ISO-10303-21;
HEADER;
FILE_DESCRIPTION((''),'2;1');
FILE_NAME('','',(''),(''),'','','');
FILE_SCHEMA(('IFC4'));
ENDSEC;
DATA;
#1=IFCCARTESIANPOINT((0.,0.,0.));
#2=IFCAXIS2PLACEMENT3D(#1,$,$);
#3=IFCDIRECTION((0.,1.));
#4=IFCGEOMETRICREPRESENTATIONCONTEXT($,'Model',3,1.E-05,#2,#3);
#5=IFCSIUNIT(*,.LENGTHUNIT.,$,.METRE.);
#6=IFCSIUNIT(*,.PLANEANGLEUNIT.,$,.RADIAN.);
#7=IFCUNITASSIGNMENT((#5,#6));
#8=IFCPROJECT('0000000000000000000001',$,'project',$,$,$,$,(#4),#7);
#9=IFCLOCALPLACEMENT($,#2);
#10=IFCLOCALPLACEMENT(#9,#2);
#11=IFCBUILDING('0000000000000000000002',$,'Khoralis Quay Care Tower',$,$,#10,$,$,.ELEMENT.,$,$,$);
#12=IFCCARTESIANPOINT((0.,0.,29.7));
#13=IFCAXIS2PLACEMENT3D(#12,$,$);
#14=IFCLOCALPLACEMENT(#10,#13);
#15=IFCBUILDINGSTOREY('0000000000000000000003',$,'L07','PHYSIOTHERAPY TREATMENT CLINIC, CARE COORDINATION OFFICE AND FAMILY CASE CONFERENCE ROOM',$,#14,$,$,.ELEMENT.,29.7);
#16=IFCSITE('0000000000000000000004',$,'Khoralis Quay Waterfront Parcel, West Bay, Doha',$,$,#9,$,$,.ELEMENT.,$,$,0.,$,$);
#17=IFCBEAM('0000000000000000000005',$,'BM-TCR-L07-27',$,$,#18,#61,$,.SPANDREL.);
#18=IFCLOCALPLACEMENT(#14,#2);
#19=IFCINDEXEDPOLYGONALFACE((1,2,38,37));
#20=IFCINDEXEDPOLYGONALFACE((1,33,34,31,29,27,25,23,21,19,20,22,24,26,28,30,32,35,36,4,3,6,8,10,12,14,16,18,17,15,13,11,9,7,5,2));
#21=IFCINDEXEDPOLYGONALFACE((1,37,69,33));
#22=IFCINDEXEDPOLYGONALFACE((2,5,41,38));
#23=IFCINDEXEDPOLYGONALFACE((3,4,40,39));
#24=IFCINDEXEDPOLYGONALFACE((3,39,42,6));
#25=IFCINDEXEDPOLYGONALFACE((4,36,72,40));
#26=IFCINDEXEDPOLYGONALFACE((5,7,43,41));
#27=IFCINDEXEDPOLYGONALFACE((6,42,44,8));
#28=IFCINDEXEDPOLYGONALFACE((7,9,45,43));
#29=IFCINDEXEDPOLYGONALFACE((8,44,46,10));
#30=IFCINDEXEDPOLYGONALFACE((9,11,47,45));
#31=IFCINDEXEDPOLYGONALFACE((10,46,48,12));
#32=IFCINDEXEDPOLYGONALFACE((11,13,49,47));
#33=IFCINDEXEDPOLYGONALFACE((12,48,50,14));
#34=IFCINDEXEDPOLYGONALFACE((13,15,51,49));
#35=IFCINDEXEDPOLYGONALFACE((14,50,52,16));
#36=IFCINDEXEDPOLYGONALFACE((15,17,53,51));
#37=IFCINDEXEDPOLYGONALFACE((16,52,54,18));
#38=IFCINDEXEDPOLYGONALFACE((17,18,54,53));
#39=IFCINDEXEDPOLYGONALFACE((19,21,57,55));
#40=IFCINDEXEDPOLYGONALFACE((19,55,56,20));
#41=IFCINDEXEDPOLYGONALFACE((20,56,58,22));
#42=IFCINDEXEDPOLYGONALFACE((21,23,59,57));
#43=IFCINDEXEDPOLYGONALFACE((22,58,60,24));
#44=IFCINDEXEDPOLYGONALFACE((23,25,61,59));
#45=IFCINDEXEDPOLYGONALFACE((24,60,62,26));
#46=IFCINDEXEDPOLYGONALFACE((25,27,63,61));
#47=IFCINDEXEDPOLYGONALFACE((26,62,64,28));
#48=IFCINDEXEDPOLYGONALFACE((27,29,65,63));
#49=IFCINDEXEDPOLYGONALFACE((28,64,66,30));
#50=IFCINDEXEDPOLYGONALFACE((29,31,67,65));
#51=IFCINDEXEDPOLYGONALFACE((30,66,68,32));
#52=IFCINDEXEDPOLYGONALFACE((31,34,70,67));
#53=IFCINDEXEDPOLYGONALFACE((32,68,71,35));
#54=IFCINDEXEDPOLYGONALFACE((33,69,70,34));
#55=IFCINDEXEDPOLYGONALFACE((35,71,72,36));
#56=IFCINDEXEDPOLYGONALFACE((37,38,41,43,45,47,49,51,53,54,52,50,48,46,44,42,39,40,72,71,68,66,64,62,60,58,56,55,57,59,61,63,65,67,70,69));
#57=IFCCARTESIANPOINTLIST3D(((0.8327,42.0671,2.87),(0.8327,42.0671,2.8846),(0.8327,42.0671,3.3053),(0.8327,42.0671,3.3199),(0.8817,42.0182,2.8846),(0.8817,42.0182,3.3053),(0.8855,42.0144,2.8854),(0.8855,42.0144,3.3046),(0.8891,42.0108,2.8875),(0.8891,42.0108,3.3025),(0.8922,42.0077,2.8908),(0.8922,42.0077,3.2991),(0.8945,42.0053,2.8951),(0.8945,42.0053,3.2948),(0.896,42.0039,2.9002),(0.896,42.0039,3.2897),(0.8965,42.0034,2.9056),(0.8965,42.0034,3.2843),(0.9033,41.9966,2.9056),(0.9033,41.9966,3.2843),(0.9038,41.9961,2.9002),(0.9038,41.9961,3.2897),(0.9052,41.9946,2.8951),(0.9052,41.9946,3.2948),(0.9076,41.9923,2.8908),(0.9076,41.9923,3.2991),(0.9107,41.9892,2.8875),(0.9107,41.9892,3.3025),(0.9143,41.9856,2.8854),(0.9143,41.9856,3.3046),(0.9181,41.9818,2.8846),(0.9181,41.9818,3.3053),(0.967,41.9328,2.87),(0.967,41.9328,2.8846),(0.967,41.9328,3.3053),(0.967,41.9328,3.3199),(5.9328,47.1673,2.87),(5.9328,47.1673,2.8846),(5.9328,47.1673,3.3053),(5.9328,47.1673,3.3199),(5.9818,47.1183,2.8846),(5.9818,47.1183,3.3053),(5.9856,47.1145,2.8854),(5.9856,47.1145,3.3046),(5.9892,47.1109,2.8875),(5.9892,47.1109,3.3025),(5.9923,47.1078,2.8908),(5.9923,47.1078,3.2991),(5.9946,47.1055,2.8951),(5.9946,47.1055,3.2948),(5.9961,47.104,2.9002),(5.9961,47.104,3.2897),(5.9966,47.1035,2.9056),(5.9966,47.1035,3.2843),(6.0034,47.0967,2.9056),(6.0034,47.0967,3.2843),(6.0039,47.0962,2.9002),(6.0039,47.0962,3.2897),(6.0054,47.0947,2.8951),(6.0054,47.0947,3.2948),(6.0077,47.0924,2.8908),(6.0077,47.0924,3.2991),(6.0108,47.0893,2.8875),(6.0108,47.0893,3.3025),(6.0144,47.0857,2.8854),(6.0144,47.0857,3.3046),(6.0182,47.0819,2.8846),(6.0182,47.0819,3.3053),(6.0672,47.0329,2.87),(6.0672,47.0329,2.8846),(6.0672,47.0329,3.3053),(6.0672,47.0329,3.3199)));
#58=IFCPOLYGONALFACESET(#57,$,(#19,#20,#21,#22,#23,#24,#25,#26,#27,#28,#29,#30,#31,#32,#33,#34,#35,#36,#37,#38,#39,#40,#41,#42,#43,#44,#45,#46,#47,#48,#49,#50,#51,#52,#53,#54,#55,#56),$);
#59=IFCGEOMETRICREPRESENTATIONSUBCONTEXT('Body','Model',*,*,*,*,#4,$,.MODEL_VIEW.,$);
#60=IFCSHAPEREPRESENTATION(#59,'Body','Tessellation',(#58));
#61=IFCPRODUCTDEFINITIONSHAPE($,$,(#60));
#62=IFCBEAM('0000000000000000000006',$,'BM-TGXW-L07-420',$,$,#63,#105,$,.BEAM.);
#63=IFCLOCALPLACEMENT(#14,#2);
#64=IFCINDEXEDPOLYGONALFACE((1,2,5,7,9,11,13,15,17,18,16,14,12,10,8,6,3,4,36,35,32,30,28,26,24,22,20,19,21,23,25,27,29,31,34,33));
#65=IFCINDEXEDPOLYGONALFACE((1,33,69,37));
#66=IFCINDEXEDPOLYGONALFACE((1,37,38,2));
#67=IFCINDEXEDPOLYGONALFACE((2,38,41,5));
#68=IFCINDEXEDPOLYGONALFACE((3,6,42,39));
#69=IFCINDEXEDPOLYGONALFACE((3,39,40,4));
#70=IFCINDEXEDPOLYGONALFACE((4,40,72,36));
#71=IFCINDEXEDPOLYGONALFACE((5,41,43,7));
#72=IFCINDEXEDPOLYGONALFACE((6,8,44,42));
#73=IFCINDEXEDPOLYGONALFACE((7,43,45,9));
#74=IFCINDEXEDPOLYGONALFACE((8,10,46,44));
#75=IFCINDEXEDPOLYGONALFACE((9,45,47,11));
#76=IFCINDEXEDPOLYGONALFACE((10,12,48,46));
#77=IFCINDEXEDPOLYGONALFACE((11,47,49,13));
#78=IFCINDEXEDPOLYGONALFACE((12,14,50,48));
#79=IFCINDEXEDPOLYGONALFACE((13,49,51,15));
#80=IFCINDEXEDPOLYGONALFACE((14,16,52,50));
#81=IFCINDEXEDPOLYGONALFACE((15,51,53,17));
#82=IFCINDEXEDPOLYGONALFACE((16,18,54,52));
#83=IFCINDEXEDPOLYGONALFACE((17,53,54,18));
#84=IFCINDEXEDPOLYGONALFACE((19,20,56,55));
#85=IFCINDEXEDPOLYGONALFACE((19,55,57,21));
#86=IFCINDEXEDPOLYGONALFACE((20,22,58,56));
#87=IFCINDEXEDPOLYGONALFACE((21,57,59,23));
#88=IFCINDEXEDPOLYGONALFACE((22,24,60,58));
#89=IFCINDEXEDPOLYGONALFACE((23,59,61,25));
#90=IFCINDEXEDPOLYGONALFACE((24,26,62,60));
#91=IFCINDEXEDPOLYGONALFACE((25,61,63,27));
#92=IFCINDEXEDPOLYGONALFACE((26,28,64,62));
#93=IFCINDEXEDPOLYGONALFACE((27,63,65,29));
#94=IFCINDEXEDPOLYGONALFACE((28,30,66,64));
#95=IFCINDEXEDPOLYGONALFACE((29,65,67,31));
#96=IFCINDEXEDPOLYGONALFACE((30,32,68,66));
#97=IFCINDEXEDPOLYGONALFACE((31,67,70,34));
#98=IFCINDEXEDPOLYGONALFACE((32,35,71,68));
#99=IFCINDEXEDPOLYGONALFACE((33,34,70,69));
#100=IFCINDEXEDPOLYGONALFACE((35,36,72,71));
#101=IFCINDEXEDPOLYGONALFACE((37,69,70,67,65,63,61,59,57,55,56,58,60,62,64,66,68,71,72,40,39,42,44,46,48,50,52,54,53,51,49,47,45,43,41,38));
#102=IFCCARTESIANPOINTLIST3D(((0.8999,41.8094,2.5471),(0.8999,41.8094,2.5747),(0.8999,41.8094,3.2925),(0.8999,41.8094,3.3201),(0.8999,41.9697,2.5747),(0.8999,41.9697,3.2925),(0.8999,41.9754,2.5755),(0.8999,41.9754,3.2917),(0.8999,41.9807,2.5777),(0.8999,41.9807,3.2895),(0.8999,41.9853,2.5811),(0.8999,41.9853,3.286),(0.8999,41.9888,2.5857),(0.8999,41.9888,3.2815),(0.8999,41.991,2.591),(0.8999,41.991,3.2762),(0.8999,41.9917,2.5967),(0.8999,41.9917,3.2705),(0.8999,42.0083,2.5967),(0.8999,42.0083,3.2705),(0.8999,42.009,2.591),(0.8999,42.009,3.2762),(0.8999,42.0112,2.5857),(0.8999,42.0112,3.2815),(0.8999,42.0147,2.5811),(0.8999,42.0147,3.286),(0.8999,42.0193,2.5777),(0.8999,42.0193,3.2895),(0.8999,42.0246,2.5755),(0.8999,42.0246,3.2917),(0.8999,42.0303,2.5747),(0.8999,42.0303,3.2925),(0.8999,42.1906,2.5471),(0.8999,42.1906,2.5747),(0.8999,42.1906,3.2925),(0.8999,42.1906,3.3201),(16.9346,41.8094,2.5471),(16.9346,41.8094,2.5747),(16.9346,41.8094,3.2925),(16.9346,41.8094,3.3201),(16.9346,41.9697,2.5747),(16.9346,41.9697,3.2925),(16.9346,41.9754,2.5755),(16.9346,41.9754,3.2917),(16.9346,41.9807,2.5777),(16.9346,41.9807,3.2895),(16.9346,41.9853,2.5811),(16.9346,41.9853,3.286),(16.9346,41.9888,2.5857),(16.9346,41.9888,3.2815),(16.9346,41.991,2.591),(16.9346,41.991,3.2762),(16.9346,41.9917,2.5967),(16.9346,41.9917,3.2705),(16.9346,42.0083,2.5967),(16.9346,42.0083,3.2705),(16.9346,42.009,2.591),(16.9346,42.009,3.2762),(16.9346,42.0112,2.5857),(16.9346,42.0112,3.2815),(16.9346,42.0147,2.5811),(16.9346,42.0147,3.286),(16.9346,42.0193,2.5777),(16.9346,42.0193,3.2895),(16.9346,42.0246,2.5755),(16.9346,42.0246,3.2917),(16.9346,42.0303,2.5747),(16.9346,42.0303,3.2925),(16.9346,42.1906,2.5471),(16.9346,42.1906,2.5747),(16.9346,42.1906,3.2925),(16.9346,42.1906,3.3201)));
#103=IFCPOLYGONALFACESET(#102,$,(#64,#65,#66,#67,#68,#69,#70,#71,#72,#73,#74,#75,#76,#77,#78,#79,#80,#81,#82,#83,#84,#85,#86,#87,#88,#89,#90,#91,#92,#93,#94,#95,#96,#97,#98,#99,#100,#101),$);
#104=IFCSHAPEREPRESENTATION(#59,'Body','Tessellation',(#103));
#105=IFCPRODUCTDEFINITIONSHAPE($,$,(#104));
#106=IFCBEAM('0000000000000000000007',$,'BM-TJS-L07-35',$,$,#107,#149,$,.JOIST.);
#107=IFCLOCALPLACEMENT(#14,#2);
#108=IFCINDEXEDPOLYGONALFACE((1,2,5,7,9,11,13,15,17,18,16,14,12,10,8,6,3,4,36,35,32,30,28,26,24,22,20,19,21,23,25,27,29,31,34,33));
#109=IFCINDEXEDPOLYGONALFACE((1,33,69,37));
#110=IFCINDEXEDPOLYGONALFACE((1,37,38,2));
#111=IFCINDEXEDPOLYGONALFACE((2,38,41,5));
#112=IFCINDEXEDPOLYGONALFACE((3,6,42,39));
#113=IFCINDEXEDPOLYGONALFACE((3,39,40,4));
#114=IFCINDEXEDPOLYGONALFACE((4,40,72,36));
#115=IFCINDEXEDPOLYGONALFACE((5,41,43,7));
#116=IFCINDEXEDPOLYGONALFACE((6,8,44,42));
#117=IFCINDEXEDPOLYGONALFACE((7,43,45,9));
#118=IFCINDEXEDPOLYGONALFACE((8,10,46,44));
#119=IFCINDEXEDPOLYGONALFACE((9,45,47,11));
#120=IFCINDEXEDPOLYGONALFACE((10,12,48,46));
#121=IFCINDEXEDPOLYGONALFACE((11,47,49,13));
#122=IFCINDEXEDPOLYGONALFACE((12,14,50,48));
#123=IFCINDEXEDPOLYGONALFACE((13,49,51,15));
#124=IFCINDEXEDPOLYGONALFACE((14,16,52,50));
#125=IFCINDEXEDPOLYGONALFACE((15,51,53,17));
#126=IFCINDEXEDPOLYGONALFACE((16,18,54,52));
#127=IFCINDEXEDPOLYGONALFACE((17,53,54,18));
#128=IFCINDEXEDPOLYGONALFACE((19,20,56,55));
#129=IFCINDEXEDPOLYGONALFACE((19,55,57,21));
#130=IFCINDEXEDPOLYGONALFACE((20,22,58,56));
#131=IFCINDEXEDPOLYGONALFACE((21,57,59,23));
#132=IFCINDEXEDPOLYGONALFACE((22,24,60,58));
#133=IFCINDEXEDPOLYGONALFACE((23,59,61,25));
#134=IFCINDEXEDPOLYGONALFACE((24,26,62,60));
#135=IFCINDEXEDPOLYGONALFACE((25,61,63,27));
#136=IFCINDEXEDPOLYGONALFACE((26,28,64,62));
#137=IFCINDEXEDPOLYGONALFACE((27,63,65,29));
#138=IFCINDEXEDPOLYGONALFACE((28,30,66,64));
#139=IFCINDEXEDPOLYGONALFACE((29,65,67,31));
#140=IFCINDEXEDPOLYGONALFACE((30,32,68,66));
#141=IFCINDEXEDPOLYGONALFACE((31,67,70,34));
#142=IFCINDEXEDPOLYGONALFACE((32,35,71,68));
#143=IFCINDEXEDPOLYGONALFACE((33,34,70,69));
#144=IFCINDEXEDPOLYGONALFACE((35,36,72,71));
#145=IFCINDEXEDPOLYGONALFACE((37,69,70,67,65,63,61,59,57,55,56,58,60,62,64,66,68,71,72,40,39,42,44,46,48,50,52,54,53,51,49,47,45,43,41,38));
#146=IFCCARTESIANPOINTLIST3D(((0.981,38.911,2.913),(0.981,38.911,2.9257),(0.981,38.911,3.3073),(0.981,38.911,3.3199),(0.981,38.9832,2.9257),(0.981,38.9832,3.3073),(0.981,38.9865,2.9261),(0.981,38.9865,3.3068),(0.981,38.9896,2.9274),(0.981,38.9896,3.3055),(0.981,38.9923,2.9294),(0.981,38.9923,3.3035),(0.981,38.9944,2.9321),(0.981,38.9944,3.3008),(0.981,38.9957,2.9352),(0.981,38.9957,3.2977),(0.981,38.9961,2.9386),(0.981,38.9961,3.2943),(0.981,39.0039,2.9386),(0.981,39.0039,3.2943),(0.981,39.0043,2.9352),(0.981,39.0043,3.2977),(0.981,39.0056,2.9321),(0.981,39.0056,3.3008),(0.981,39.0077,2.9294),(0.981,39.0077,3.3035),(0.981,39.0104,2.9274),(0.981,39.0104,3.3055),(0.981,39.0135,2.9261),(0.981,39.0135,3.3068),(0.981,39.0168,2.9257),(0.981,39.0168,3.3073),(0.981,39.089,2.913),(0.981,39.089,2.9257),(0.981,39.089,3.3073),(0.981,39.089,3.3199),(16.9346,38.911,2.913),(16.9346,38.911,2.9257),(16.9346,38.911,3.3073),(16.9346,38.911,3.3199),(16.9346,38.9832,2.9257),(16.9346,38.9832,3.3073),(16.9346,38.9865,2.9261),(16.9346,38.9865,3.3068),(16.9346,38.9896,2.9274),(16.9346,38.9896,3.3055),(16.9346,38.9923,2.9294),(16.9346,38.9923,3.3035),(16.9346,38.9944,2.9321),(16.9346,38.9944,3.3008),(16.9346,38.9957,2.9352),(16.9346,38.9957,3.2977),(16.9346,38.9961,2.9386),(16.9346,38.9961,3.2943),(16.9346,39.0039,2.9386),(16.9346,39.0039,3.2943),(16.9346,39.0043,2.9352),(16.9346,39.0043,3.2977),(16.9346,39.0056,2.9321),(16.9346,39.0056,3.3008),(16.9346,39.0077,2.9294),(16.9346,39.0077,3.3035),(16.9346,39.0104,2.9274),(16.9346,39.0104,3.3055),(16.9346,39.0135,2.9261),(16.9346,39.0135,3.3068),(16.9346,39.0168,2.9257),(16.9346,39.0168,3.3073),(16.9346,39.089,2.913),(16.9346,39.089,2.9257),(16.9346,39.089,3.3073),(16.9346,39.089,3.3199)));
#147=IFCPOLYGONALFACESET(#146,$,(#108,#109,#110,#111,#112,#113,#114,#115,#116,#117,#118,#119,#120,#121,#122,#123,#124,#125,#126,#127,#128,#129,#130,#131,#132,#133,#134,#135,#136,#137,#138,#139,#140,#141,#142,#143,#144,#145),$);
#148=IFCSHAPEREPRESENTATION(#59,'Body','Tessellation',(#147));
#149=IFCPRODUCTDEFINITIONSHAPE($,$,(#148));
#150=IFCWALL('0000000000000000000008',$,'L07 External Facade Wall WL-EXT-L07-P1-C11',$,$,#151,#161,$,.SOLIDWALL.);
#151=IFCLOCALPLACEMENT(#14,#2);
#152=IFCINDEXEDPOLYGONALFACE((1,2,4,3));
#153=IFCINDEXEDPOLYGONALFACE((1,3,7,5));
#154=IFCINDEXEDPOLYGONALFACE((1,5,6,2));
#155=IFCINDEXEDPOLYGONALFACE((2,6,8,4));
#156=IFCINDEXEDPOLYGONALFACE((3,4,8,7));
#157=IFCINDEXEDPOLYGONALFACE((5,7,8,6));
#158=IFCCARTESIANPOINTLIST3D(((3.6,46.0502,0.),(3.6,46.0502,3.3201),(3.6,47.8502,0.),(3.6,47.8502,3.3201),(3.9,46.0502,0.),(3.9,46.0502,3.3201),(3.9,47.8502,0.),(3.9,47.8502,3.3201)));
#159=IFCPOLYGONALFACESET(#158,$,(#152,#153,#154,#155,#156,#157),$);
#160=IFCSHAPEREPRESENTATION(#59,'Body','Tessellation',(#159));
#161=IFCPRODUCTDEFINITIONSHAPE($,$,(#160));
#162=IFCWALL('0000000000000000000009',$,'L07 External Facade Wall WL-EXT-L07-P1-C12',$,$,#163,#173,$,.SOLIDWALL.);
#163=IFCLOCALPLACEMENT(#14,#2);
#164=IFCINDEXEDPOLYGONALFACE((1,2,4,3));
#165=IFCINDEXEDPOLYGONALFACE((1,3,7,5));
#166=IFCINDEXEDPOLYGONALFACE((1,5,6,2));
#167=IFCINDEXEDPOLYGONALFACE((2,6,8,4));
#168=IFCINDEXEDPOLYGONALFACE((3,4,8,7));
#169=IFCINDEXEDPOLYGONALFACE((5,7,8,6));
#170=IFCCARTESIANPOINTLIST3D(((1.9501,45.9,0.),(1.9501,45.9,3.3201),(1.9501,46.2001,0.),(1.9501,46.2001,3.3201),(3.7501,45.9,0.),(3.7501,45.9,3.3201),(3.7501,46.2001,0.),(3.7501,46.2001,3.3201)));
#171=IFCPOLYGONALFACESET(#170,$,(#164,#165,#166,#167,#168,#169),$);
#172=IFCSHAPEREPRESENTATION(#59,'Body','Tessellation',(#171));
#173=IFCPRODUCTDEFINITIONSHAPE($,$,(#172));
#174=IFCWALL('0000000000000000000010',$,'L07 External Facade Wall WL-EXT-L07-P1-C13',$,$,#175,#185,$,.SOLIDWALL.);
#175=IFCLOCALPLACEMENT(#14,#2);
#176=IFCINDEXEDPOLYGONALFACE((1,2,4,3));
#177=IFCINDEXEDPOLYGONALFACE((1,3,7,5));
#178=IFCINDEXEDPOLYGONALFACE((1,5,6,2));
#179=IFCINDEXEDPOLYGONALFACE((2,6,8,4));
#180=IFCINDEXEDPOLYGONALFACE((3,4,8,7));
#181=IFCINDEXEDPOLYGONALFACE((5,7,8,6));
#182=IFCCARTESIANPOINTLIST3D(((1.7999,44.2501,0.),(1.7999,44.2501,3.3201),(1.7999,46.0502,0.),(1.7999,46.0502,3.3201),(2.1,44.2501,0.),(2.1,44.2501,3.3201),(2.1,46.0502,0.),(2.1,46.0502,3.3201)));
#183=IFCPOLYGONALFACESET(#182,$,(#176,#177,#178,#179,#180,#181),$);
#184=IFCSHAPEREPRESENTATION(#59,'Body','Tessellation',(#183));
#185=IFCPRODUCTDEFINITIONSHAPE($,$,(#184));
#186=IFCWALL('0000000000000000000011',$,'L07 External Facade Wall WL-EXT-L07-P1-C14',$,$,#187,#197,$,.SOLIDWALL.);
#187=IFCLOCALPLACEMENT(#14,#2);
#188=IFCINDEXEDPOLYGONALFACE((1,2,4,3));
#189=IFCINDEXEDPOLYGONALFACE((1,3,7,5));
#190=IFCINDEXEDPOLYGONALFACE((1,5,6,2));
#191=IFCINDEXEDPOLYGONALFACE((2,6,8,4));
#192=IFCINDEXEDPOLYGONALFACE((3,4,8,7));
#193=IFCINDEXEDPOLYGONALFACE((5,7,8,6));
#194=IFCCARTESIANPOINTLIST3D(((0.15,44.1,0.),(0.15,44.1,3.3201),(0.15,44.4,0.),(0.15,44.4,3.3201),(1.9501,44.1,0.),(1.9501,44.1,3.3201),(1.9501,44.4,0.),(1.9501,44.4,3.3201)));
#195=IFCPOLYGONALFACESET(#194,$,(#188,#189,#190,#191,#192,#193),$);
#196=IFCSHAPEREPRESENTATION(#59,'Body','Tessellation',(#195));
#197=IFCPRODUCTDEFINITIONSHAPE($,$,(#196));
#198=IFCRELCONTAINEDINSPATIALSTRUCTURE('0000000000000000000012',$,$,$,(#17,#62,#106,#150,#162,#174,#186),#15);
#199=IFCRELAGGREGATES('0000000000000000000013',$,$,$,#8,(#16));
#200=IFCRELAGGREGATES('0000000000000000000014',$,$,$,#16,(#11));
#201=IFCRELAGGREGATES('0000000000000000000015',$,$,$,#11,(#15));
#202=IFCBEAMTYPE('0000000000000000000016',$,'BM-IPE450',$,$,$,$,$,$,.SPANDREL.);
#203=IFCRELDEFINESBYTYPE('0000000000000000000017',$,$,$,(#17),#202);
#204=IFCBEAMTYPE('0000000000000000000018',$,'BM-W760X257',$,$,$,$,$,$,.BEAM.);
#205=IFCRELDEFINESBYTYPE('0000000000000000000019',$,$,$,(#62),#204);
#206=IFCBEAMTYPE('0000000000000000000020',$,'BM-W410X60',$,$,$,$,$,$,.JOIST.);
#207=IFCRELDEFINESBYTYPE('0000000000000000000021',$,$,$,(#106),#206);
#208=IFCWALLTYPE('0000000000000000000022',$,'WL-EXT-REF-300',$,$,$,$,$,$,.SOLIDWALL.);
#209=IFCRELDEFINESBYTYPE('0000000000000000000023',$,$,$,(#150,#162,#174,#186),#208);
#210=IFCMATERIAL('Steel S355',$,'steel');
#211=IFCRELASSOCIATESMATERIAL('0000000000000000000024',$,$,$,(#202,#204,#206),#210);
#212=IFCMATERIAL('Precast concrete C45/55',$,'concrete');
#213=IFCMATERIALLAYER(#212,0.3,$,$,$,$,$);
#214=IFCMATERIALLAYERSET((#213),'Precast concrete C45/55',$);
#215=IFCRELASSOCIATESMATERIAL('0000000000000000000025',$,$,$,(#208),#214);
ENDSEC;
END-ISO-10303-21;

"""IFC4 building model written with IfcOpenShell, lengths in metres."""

from ifc_helpers import new_model, si_unit, direction, frame, frame_2d, origin, origin_2d, place, context, subcontext, project, spatial, rectangle, i_section, extrude, source, transform, mapped, material, layer, layer_set, material_profile, profile_set, type_object, element, save


model = new_model("IFC4")

# Units and contexts
model_context = context("Model", 3, precision=1e-05, world=origin(), true_north=direction((0.0, 1.0)))
body_context = subcontext(model_context, "Body", "Model", "MODEL_VIEW")
ifc_project = project(units=[si_unit("LENGTHUNIT", "METRE"), si_unit("PLANEANGLEUNIT", "RADIAN")], contexts=[model_context])

# Site, building, storey
site_placement = place(None, origin())
site = spatial("IfcSite", under=ifc_project, at=site_placement, Name="Khoralis Quay Waterfront Parcel, West Bay, Doha", CompositionType="ELEMENT", RefElevation=0.0)
building_placement = place(site_placement, origin())
building = spatial("IfcBuilding", under=site, at=building_placement, Name="Khoralis Quay Care Tower", CompositionType="ELEMENT")
storey_placement = place(building_placement, frame((0.0, 0.0, 29.7)))
storey = spatial("IfcBuildingStorey", under=building, at=storey_placement, Name="L07", Description="PHYSIOTHERAPY TREATMENT CLINIC, CARE COORDINATION OFFICE AND FAMILY CASE CONFERENCE ROOM", CompositionType="ELEMENT", Elevation=29.7)

# Beams
ifc_material_1 = material(Name="Steel S355", Category="steel")
ifc_material_profile_1 = material_profile(ifc_material_1, i_section(OverallWidth=0.1899, OverallDepth=0.45, WebThickness=0.0095, FlangeThickness=0.0146, FilletRadius=0.021, at=origin_2d()), Name="Steel S355")
ifc_profile_set_1 = profile_set([ifc_material_profile_1], Name="Steel S355")
beam_type_1 = type_object("IfcBeamType", Name="BM-IPE450", PredefinedType="SPANDREL", material=ifc_profile_set_1)
shared_shape_1 = source(origin(), body_context, "Body", "SweptSolid", [
    extrude(i_section(OverallWidth=0.1899, OverallDepth=0.45, WebThickness=0.0095, FlangeThickness=0.0146, FilletRadius=0.021, at=origin_2d()), origin(), (0.0, 0.0, 1.0), 7.2126),
])
beam_1_placement = place(storey_placement, frame((6.0, 47.1001, 3.095), z_axis=(-0.707107, -0.707107, 0.0), x_axis=(0.707107, -0.707107, 0.0)))
element("IfcBeam", 1, at=beam_1_placement, inside=storey, type_object=beam_type_1, Name="BM-TCR-L07-27", PredefinedType="SPANDREL", context=body_context, shape_type="MappedRepresentation", body=[
    mapped(shared_shape_1, transform((0.0, 0.0, 0.0), scale=1.0)),
])
ifc_material_profile_2 = material_profile(ifc_material_1, i_section(OverallWidth=0.3811, OverallDepth=0.7729, WebThickness=0.0166, FlangeThickness=0.0276, FilletRadius=0.022, at=origin_2d()), Name="Steel S355")
ifc_profile_set_2 = profile_set([ifc_material_profile_2], Name="Steel S355")
beam_type_2 = type_object("IfcBeamType", Name="BM-W760X257", PredefinedType="BEAM", material=ifc_profile_set_2)
shared_shape_2 = source(origin(), body_context, "Body", "SweptSolid", [
    extrude(i_section(OverallWidth=0.3811, OverallDepth=0.7729, WebThickness=0.0166, FlangeThickness=0.0276, FilletRadius=0.022, at=origin_2d()), origin(), (0.0, 0.0, 1.0), 16.0347),
])
beam_2_placement = place(storey_placement, frame((0.8999, 42.0, 2.9336), z_axis=(1.0, 0.0, 0.0), x_axis=(0.0, 1.0, 0.0)))
element("IfcBeam", 2, at=beam_2_placement, inside=storey, type_object=beam_type_2, Name="BM-TGXW-L07-420", PredefinedType="BEAM", context=body_context, shape_type="MappedRepresentation", body=[
    mapped(shared_shape_2, transform((0.0, 0.0, 0.0), scale=1.0)),
])
ifc_material_profile_3 = material_profile(ifc_material_1, i_section(OverallWidth=0.178, OverallDepth=0.407, WebThickness=0.0078, FlangeThickness=0.0127, FilletRadius=0.0129, at=origin_2d()), Name="Steel S355")
ifc_profile_set_3 = profile_set([ifc_material_profile_3], Name="Steel S355")
beam_type_3 = type_object("IfcBeamType", Name="BM-W410X60", PredefinedType="JOIST", material=ifc_profile_set_3)
shared_shape_3 = source(origin(), body_context, "Body", "SweptSolid", [
    extrude(i_section(OverallWidth=0.178, OverallDepth=0.407, WebThickness=0.0078, FlangeThickness=0.0127, FilletRadius=0.0129, at=origin_2d()), origin(), (0.0, 0.0, 1.0), 15.9536),
])
beam_3_placement = place(storey_placement, frame((0.981, 39.0, 3.1165), z_axis=(1.0, 0.0, 0.0), x_axis=(0.0, 1.0, 0.0)))
element("IfcBeam", 3, at=beam_3_placement, inside=storey, type_object=beam_type_3, Name="BM-TJS-L07-35", PredefinedType="JOIST", context=body_context, shape_type="MappedRepresentation", body=[
    mapped(shared_shape_3, transform((0.0, 0.0, 0.0), scale=1.0)),
])

# Walls
ifc_material_2 = material(Name="Precast concrete C45/55", Category="concrete")
ifc_layer_1 = layer(ifc_material_2, 0.3)
ifc_layer_set_1 = layer_set([ifc_layer_1], Name="Precast concrete C45/55")
wall_type_1 = type_object("IfcWallType", Name="WL-EXT-REF-300", PredefinedType="SOLIDWALL", material=ifc_layer_set_1)
for number, where, z_axis, x_axis, name in (
    (4, (3.75, 47.8501, 0.0), (0.0, 0.0, 1.0), (0.0, -1.0, 0.0), "L07 External Facade Wall WL-EXT-L07-P1-C11"),
    (5, (3.75, 46.05, 0.0), (0.0, 0.0, 1.0), (-1.0, 0.0, 0.0), "L07 External Facade Wall WL-EXT-L07-P1-C12"),
    (6, (1.95, 46.05, 0.0), (0.0, 0.0, 1.0), (0.0, -1.0, 0.0), "L07 External Facade Wall WL-EXT-L07-P1-C13"),
    (7, (1.95, 44.25, 0.0), (0.0, 0.0, 1.0), (-1.0, 0.0, 0.0), "L07 External Facade Wall WL-EXT-L07-P1-C14"),
):
    element("IfcWall", number, at=place(storey_placement, frame(where, z_axis=z_axis, x_axis=x_axis)), inside=storey, type_object=wall_type_1, Name=name, PredefinedType="SOLIDWALL", context=body_context, shape_type="SweptSolid", body=[
        extrude(rectangle(XDim=1.8, YDim=0.3, at=frame_2d((0.8999, 0.0))), origin(), (0.0, 0.0, 1.0), 3.3201),
    ])

save(model, "model.ifc")
